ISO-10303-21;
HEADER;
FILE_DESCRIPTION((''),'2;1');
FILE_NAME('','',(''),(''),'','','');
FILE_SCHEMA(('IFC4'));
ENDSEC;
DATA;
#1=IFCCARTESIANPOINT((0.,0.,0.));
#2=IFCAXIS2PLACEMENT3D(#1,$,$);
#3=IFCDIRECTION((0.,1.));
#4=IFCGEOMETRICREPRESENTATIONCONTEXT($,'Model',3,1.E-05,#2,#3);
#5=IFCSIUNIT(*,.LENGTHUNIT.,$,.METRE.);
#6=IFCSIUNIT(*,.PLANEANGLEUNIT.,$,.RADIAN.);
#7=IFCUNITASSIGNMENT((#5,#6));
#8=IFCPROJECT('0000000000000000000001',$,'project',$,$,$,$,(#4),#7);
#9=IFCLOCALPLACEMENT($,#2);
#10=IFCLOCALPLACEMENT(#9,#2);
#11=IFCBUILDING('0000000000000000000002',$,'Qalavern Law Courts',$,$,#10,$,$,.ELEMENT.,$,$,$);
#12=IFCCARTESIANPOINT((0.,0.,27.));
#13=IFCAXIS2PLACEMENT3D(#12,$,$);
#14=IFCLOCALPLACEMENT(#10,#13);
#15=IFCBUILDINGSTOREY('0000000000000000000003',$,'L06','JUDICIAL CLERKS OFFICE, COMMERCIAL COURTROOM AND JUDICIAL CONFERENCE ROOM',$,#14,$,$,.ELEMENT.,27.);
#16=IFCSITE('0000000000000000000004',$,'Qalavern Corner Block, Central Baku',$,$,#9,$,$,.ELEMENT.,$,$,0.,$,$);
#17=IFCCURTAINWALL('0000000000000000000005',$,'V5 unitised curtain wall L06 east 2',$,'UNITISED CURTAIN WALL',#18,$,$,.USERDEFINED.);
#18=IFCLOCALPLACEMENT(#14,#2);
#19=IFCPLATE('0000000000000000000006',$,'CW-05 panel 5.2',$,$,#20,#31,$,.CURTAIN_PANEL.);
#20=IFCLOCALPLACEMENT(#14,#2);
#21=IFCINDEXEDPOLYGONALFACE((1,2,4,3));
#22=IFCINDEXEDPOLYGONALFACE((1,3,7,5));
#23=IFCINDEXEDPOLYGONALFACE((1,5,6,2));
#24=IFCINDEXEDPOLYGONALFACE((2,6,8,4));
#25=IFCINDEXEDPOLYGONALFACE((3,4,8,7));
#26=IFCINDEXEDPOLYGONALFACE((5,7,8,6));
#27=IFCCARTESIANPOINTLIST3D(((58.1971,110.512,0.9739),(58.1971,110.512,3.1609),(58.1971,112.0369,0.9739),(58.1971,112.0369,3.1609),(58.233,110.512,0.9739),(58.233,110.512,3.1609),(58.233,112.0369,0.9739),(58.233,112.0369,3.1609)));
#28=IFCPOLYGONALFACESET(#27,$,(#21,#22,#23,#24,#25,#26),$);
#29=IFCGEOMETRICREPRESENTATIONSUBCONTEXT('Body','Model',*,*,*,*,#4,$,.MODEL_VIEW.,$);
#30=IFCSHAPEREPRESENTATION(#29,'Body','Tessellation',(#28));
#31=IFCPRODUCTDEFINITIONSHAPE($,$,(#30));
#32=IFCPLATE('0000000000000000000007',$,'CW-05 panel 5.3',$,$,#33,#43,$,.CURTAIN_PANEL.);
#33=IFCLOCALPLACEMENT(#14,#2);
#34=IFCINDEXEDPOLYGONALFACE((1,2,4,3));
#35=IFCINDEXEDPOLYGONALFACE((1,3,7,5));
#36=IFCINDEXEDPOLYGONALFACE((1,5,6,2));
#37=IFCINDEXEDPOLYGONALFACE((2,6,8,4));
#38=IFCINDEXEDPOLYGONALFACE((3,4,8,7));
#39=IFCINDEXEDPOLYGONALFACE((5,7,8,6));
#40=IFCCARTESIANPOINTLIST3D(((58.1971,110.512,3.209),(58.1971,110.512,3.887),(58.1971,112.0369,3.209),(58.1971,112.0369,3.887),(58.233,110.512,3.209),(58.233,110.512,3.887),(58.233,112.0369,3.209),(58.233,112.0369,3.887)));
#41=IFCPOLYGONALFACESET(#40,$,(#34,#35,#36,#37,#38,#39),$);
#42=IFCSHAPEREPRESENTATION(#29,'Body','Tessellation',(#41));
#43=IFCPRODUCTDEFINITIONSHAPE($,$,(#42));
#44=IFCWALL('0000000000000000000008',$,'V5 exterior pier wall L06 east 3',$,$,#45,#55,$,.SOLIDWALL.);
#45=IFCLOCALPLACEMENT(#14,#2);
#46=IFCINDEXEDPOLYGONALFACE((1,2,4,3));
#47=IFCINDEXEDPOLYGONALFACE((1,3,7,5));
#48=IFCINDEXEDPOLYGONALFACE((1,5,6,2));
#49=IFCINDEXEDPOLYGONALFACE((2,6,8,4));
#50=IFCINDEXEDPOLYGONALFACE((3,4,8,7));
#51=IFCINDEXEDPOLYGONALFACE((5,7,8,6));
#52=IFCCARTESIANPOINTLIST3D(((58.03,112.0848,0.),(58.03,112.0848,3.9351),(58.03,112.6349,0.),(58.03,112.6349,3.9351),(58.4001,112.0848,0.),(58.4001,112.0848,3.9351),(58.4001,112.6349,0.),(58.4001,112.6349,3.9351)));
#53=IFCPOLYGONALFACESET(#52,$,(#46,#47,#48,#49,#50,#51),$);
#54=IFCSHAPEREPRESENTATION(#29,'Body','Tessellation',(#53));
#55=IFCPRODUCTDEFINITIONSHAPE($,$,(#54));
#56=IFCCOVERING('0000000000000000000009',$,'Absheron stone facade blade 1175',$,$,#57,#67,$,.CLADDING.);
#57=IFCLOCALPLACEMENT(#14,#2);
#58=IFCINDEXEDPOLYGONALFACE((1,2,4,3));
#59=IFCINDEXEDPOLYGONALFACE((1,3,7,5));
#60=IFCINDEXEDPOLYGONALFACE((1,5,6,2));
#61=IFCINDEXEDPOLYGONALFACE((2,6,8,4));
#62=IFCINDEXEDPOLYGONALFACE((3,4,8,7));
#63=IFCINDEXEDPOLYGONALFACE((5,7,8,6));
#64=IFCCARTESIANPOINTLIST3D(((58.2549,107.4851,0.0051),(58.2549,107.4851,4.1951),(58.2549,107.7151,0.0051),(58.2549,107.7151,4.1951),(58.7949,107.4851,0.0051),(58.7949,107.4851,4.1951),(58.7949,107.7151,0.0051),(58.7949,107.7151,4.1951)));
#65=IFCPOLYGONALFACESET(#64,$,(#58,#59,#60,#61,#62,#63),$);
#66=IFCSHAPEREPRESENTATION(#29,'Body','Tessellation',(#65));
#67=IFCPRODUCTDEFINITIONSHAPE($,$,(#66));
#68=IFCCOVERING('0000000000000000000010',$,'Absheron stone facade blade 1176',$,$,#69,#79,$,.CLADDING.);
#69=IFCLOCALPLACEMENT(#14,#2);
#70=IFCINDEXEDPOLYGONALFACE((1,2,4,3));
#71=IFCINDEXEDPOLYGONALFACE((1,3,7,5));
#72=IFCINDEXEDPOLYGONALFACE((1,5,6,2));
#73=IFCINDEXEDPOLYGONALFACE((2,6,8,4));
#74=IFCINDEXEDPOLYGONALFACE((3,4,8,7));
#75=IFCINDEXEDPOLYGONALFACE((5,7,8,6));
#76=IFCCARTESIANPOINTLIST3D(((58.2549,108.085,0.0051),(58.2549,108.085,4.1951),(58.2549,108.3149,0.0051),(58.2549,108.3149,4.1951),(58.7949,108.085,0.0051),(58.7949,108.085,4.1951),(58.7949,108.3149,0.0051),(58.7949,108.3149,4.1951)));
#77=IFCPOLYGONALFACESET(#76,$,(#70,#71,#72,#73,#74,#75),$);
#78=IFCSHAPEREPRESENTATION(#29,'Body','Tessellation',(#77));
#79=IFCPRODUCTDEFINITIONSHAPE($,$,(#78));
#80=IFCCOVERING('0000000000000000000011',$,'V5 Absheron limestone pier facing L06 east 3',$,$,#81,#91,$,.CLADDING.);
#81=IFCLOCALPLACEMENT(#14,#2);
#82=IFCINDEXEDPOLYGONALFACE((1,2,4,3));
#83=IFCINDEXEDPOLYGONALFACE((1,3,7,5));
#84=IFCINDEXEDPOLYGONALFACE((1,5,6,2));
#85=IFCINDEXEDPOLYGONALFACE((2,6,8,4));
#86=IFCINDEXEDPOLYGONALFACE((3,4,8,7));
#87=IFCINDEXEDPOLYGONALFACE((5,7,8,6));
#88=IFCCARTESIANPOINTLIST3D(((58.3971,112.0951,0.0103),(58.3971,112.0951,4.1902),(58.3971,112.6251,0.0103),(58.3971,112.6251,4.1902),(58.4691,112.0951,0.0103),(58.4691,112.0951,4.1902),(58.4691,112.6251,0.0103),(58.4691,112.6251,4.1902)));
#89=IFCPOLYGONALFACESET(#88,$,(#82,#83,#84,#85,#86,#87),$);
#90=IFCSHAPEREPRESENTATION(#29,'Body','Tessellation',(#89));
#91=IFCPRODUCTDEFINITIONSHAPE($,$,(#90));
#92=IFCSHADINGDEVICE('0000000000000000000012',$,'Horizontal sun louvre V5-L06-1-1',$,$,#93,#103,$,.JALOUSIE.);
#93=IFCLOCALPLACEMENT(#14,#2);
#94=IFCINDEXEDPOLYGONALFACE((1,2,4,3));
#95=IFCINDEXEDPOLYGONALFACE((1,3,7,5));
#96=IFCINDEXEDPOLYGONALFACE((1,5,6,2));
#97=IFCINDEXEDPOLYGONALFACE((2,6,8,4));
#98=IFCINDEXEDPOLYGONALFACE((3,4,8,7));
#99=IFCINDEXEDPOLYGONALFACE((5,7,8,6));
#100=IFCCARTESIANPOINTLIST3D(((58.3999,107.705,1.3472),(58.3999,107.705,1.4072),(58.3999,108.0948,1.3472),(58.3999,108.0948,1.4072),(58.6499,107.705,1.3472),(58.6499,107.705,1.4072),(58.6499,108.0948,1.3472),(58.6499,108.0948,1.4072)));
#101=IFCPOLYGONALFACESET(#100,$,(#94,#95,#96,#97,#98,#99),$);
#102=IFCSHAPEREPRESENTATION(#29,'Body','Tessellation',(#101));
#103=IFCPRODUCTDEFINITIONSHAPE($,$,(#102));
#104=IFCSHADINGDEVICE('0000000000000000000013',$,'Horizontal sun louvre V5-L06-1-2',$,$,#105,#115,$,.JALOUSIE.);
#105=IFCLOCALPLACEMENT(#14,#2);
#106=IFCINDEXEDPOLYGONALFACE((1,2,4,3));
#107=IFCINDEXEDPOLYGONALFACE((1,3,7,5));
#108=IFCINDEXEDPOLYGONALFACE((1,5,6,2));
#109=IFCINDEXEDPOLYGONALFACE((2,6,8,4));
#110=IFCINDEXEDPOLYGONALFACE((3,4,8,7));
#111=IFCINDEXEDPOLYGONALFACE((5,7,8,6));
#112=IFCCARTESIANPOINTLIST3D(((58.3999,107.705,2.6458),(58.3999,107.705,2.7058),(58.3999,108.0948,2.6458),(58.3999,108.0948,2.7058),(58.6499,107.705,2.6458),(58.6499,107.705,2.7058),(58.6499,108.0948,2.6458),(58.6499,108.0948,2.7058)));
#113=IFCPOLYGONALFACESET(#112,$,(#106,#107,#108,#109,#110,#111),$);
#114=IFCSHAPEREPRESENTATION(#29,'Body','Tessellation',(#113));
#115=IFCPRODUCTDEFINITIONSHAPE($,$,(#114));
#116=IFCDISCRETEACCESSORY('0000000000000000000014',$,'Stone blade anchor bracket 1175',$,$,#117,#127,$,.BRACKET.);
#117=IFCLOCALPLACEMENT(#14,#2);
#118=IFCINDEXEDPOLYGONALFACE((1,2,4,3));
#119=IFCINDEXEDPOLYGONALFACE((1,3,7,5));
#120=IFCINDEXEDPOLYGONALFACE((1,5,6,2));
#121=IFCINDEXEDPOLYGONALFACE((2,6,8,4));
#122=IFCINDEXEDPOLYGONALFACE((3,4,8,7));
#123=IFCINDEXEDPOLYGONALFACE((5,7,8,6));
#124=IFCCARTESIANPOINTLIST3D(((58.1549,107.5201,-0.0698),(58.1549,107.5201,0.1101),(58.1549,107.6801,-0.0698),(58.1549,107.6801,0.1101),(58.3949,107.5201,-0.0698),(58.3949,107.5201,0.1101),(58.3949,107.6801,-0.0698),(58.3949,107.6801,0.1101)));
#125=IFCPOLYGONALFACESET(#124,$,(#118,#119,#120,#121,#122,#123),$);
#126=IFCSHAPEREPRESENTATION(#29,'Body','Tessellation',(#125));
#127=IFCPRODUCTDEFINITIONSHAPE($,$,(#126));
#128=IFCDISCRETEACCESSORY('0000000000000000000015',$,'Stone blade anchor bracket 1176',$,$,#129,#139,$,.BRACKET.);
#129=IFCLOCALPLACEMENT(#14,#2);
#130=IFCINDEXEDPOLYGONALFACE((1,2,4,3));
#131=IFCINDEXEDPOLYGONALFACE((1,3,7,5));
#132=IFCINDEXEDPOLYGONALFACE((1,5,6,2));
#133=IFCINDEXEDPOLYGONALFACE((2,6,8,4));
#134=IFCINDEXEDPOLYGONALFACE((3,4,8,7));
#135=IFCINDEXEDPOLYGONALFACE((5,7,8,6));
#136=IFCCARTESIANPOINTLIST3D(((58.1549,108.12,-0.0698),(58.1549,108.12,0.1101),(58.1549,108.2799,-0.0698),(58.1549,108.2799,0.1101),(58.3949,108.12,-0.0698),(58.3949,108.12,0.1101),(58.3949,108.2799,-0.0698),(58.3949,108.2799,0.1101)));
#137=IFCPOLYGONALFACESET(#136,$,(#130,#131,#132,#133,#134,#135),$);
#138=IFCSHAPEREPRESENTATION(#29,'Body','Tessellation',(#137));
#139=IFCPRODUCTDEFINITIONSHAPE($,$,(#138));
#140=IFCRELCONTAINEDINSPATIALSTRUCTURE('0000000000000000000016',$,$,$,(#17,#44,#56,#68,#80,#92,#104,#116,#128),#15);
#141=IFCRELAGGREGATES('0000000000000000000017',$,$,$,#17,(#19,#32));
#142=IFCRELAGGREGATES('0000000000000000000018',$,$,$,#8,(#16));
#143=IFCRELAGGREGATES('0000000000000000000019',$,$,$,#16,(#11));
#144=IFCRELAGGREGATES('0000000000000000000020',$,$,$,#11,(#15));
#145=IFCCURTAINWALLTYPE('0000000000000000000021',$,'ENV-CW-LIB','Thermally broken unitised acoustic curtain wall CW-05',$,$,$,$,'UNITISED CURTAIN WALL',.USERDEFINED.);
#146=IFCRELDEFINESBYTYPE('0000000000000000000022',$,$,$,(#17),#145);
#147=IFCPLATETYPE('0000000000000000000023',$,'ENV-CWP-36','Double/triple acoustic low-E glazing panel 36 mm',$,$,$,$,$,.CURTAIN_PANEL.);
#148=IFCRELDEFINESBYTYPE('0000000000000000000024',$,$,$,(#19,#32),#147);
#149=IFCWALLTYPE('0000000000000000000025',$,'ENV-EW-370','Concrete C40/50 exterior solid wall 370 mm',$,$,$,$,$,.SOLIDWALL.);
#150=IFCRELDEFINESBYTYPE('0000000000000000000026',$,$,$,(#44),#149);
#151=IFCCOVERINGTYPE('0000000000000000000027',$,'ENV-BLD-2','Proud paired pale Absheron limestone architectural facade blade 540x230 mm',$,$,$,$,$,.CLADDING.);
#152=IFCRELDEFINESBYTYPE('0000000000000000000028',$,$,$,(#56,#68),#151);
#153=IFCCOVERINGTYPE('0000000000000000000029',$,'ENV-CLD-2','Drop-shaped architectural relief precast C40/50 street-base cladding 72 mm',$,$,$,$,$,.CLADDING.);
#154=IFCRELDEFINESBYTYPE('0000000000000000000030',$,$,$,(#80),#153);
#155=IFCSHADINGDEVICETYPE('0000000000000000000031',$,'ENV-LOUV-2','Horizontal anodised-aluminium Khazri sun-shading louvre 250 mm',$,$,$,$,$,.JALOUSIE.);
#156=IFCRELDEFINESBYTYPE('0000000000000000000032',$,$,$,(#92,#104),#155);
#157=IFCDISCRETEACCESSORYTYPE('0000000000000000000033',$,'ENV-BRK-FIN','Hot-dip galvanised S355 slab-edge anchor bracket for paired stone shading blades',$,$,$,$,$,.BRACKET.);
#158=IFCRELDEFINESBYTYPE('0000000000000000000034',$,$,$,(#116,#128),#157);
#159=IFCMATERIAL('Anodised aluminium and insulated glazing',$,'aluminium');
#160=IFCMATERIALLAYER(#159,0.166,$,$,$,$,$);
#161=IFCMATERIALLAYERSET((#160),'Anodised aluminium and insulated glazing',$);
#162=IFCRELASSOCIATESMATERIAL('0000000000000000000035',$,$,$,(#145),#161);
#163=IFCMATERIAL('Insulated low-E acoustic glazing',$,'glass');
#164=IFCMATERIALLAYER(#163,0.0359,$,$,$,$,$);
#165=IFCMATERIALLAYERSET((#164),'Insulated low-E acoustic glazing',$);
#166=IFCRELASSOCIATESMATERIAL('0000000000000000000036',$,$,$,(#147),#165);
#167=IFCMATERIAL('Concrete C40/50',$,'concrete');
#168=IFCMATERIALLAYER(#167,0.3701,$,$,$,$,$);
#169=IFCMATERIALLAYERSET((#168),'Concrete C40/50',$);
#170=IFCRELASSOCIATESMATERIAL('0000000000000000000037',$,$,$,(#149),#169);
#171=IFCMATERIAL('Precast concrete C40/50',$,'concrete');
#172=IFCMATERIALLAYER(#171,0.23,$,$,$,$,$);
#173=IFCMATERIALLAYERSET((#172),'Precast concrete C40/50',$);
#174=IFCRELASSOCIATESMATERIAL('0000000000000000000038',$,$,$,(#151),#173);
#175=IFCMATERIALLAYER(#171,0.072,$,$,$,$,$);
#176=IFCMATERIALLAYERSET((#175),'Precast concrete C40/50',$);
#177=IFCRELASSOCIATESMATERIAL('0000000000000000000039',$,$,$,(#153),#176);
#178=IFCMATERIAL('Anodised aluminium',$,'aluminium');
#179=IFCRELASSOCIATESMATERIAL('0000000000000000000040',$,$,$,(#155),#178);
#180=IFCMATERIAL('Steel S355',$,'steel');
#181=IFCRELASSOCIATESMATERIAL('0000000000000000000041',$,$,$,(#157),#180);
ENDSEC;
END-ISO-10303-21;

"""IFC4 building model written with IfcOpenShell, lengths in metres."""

from ifc_helpers import new_model, si_unit, direction, frame, frame_2d, origin, origin_2d, place, context, subcontext, project, spatial, rectangle, extrude, material, layer, layer_set, type_object, element, aggregate, save


model = new_model("IFC4")

# Units and contexts
model_context = context("Model", 3, precision=1e-05, world=origin(), true_north=direction((0.0, 1.0)))
body_context = subcontext(model_context, "Body", "Model", "MODEL_VIEW")
ifc_project = project(units=[si_unit("LENGTHUNIT", "METRE"), si_unit("PLANEANGLEUNIT", "RADIAN")], contexts=[model_context])

# Site, building, storey
site_placement = place(None, origin())
site = spatial("IfcSite", under=ifc_project, at=site_placement, Name="Qalavern Corner Block, Central Baku", CompositionType="ELEMENT", RefElevation=0.0)
building_placement = place(site_placement, origin())
building = spatial("IfcBuilding", under=site, at=building_placement, Name="Qalavern Law Courts", CompositionType="ELEMENT")
storey_placement = place(building_placement, frame((0.0, 0.0, 27.0)))
storey = spatial("IfcBuildingStorey", under=building, at=storey_placement, Name="L06", Description="JUDICIAL CLERKS OFFICE, COMMERCIAL COURTROOM AND JUDICIAL CONFERENCE ROOM", CompositionType="ELEMENT", Elevation=27.0)

# Curtain wall
ifc_material_1 = material(Name="Anodised aluminium and insulated glazing", Category="aluminium")
ifc_layer_1 = layer(ifc_material_1, 0.166)
ifc_layer_set_1 = layer_set([ifc_layer_1], Name="Anodised aluminium and insulated glazing")
curtain_wall_type = type_object("IfcCurtainWallType", Name="ENV-CW-LIB", Description="Thermally broken unitised acoustic curtain wall CW-05", ElementType="UNITISED CURTAIN WALL", PredefinedType="USERDEFINED", material=ifc_layer_set_1)
curtain_wall_placement = place(storey_placement, origin())
curtain_wall = element("IfcCurtainWall", 1, at=curtain_wall_placement, inside=storey, type_object=curtain_wall_type, Name="V5 unitised curtain wall L06 east 2", ObjectType="UNITISED CURTAIN WALL", PredefinedType="USERDEFINED")
ifc_material_2 = material(Name="Anodised aluminium", Category="aluminium")

# Plates
ifc_material_3 = material(Name="Insulated low-E acoustic glazing", Category="glass")
ifc_layer_2 = layer(ifc_material_3, 0.0359)
ifc_layer_set_2 = layer_set([ifc_layer_2], Name="Insulated low-E acoustic glazing")
plate_type = type_object("IfcPlateType", Name="ENV-CWP-36", Description="Double/triple acoustic low-E glazing panel 36 mm", PredefinedType="CURTAIN_PANEL", material=ifc_layer_set_2)
plate_1_placement = place(storey_placement, frame((58.2151, 111.2744, 0.9739), z_axis=(0.0, 0.0, 1.0), x_axis=(0.0, 1.0, 0.0)))
plate_1 = element("IfcPlate", 2, at=plate_1_placement, type_object=plate_type, Name="CW-05 panel 5.2", PredefinedType="CURTAIN_PANEL", context=body_context, shape_type="SweptSolid", body=[
    extrude(rectangle(XDim=1.5249, YDim=0.0359, at=origin_2d()), origin(), (0.0, 0.0, 1.0), 2.187),
])
plate_2_placement = place(storey_placement, frame((58.2151, 111.2744, 3.209), z_axis=(0.0, 0.0, 1.0), x_axis=(0.0, 1.0, 0.0)))
plate_2 = element("IfcPlate", 3, at=plate_2_placement, type_object=plate_type, Name="CW-05 panel 5.3", PredefinedType="CURTAIN_PANEL", context=body_context, shape_type="SweptSolid", body=[
    extrude(rectangle(XDim=1.5249, YDim=0.0359, at=origin_2d()), origin(), (0.0, 0.0, 1.0), 0.678),
])
aggregate(curtain_wall, [plate_1, plate_2])

# Wall
ifc_material_4 = material(Name="Concrete C40/50", Category="concrete")
ifc_layer_3 = layer(ifc_material_4, 0.3701)
ifc_layer_set_3 = layer_set([ifc_layer_3], Name="Concrete C40/50")
wall_type = type_object("IfcWallType", Name="ENV-EW-370", Description="Concrete C40/50 exterior solid wall 370 mm", PredefinedType="SOLIDWALL", material=ifc_layer_set_3)
wall_placement = place(storey_placement, frame((58.2151, 112.085, 0.0), z_axis=(0.0, 0.0, 1.0), x_axis=(0.0, 1.0, 0.0)))
element("IfcWall", 4, at=wall_placement, inside=storey, type_object=wall_type, Name="V5 exterior pier wall L06 east 3", PredefinedType="SOLIDWALL", context=body_context, shape_type="SweptSolid", body=[
    extrude(rectangle(XDim=0.55, YDim=0.3701, at=frame_2d((0.2749, 0.0))), origin(), (0.0, 0.0, 1.0), 3.9351),
])

# Coverings
ifc_material_5 = material(Name="Precast concrete C40/50", Category="concrete")
ifc_layer_4 = layer(ifc_material_5, 0.23)
ifc_layer_set_4 = layer_set([ifc_layer_4], Name="Precast concrete C40/50")
covering_type_1 = type_object("IfcCoveringType", Name="ENV-BLD-2", Description="Proud paired pale Absheron limestone architectural facade blade 540x230 mm", PredefinedType="CLADDING", material=ifc_layer_set_4)
for number, where, z_axis, x_axis, name in (
    (5, (58.5249, 107.6001, 0.0051), (0.0, 0.0, 1.0), (1.0, 0.0, 0.0), "Absheron stone facade blade 1175"),
    (6, (58.5249, 108.2, 0.0051), (0.0, 0.0, 1.0), (1.0, 0.0, 0.0), "Absheron stone facade blade 1176"),
):
    element("IfcCovering", number, at=place(storey_placement, frame(where, z_axis=z_axis, x_axis=x_axis)), inside=storey, type_object=covering_type_1, Name=name, PredefinedType="CLADDING", context=body_context, shape_type="SweptSolid", body=[
        extrude(rectangle(XDim=0.54, YDim=0.23, at=origin_2d()), origin(), (0.0, 0.0, 1.0), 4.1899),
    ])
ifc_layer_5 = layer(ifc_material_5, 0.072)
ifc_layer_set_5 = layer_set([ifc_layer_5], Name="Precast concrete C40/50")
covering_type_2 = type_object("IfcCoveringType", Name="ENV-CLD-2", Description="Drop-shaped architectural relief precast C40/50 street-base cladding 72 mm", PredefinedType="CLADDING", material=ifc_layer_set_5)
covering_placement = place(storey_placement, frame((58.4331, 112.3601, 0.0103), z_axis=(0.0, 0.0, 1.0), x_axis=(0.0, 1.0, 0.0)))
element("IfcCovering", 7, at=covering_placement, inside=storey, type_object=covering_type_2, Name="V5 Absheron limestone pier facing L06 east 3", PredefinedType="CLADDING", context=body_context, shape_type="SweptSolid", body=[
    extrude(rectangle(XDim=0.53, YDim=0.072, at=origin_2d()), origin(), (0.0, 0.0, 1.0), 4.1799),
])

# Shading devices
shading_device_type = type_object("IfcShadingDeviceType", Name="ENV-LOUV-2", Description="Horizontal anodised-aluminium Khazri sun-shading louvre 250 mm", PredefinedType="JALOUSIE", material=ifc_material_2)
for number, where, z_axis, x_axis, name in (
    (8, (58.5249, 107.8999, 1.3472), (0.0, 0.0, 1.0), (0.0, 1.0, 0.0), "Horizontal sun louvre V5-L06-1-1"),
    (9, (58.5249, 107.8999, 2.6458), (0.0, 0.0, 1.0), (0.0, 1.0, 0.0), "Horizontal sun louvre V5-L06-1-2"),
):
    element("IfcShadingDevice", number, at=place(storey_placement, frame(where, z_axis=z_axis, x_axis=x_axis)), inside=storey, type_object=shading_device_type, Name=name, PredefinedType="JALOUSIE", context=body_context, shape_type="SweptSolid", body=[
        extrude(rectangle(XDim=0.3899, YDim=0.25, at=origin_2d()), origin(), (0.0, 0.0, 1.0), 0.0601),
    ])

# Discrete accessories
ifc_material_6 = material(Name="Steel S355", Category="steel")
discrete_accessory_type = type_object("IfcDiscreteAccessoryType", Name="ENV-BRK-FIN", Description="Hot-dip galvanised S355 slab-edge anchor bracket for paired stone shading blades", PredefinedType="BRACKET", material=ifc_material_6)
for number, where, z_axis, x_axis, name in (
    (10, (58.2749, 107.6001, -0.0698), (0.0, 0.0, 1.0), (1.0, 0.0, 0.0), "Stone blade anchor bracket 1175"),
    (11, (58.2749, 108.2, -0.0698), (0.0, 0.0, 1.0), (1.0, 0.0, 0.0), "Stone blade anchor bracket 1176"),
):
    element("IfcDiscreteAccessory", number, at=place(storey_placement, frame(where, z_axis=z_axis, x_axis=x_axis)), inside=storey, type_object=discrete_accessory_type, Name=name, PredefinedType="BRACKET", context=body_context, shape_type="SweptSolid", body=[
        extrude(rectangle(XDim=0.24, YDim=0.1599, at=origin_2d()), origin(), (0.0, 0.0, 1.0), 0.1799),
    ])

save(model, "model.ifc")
